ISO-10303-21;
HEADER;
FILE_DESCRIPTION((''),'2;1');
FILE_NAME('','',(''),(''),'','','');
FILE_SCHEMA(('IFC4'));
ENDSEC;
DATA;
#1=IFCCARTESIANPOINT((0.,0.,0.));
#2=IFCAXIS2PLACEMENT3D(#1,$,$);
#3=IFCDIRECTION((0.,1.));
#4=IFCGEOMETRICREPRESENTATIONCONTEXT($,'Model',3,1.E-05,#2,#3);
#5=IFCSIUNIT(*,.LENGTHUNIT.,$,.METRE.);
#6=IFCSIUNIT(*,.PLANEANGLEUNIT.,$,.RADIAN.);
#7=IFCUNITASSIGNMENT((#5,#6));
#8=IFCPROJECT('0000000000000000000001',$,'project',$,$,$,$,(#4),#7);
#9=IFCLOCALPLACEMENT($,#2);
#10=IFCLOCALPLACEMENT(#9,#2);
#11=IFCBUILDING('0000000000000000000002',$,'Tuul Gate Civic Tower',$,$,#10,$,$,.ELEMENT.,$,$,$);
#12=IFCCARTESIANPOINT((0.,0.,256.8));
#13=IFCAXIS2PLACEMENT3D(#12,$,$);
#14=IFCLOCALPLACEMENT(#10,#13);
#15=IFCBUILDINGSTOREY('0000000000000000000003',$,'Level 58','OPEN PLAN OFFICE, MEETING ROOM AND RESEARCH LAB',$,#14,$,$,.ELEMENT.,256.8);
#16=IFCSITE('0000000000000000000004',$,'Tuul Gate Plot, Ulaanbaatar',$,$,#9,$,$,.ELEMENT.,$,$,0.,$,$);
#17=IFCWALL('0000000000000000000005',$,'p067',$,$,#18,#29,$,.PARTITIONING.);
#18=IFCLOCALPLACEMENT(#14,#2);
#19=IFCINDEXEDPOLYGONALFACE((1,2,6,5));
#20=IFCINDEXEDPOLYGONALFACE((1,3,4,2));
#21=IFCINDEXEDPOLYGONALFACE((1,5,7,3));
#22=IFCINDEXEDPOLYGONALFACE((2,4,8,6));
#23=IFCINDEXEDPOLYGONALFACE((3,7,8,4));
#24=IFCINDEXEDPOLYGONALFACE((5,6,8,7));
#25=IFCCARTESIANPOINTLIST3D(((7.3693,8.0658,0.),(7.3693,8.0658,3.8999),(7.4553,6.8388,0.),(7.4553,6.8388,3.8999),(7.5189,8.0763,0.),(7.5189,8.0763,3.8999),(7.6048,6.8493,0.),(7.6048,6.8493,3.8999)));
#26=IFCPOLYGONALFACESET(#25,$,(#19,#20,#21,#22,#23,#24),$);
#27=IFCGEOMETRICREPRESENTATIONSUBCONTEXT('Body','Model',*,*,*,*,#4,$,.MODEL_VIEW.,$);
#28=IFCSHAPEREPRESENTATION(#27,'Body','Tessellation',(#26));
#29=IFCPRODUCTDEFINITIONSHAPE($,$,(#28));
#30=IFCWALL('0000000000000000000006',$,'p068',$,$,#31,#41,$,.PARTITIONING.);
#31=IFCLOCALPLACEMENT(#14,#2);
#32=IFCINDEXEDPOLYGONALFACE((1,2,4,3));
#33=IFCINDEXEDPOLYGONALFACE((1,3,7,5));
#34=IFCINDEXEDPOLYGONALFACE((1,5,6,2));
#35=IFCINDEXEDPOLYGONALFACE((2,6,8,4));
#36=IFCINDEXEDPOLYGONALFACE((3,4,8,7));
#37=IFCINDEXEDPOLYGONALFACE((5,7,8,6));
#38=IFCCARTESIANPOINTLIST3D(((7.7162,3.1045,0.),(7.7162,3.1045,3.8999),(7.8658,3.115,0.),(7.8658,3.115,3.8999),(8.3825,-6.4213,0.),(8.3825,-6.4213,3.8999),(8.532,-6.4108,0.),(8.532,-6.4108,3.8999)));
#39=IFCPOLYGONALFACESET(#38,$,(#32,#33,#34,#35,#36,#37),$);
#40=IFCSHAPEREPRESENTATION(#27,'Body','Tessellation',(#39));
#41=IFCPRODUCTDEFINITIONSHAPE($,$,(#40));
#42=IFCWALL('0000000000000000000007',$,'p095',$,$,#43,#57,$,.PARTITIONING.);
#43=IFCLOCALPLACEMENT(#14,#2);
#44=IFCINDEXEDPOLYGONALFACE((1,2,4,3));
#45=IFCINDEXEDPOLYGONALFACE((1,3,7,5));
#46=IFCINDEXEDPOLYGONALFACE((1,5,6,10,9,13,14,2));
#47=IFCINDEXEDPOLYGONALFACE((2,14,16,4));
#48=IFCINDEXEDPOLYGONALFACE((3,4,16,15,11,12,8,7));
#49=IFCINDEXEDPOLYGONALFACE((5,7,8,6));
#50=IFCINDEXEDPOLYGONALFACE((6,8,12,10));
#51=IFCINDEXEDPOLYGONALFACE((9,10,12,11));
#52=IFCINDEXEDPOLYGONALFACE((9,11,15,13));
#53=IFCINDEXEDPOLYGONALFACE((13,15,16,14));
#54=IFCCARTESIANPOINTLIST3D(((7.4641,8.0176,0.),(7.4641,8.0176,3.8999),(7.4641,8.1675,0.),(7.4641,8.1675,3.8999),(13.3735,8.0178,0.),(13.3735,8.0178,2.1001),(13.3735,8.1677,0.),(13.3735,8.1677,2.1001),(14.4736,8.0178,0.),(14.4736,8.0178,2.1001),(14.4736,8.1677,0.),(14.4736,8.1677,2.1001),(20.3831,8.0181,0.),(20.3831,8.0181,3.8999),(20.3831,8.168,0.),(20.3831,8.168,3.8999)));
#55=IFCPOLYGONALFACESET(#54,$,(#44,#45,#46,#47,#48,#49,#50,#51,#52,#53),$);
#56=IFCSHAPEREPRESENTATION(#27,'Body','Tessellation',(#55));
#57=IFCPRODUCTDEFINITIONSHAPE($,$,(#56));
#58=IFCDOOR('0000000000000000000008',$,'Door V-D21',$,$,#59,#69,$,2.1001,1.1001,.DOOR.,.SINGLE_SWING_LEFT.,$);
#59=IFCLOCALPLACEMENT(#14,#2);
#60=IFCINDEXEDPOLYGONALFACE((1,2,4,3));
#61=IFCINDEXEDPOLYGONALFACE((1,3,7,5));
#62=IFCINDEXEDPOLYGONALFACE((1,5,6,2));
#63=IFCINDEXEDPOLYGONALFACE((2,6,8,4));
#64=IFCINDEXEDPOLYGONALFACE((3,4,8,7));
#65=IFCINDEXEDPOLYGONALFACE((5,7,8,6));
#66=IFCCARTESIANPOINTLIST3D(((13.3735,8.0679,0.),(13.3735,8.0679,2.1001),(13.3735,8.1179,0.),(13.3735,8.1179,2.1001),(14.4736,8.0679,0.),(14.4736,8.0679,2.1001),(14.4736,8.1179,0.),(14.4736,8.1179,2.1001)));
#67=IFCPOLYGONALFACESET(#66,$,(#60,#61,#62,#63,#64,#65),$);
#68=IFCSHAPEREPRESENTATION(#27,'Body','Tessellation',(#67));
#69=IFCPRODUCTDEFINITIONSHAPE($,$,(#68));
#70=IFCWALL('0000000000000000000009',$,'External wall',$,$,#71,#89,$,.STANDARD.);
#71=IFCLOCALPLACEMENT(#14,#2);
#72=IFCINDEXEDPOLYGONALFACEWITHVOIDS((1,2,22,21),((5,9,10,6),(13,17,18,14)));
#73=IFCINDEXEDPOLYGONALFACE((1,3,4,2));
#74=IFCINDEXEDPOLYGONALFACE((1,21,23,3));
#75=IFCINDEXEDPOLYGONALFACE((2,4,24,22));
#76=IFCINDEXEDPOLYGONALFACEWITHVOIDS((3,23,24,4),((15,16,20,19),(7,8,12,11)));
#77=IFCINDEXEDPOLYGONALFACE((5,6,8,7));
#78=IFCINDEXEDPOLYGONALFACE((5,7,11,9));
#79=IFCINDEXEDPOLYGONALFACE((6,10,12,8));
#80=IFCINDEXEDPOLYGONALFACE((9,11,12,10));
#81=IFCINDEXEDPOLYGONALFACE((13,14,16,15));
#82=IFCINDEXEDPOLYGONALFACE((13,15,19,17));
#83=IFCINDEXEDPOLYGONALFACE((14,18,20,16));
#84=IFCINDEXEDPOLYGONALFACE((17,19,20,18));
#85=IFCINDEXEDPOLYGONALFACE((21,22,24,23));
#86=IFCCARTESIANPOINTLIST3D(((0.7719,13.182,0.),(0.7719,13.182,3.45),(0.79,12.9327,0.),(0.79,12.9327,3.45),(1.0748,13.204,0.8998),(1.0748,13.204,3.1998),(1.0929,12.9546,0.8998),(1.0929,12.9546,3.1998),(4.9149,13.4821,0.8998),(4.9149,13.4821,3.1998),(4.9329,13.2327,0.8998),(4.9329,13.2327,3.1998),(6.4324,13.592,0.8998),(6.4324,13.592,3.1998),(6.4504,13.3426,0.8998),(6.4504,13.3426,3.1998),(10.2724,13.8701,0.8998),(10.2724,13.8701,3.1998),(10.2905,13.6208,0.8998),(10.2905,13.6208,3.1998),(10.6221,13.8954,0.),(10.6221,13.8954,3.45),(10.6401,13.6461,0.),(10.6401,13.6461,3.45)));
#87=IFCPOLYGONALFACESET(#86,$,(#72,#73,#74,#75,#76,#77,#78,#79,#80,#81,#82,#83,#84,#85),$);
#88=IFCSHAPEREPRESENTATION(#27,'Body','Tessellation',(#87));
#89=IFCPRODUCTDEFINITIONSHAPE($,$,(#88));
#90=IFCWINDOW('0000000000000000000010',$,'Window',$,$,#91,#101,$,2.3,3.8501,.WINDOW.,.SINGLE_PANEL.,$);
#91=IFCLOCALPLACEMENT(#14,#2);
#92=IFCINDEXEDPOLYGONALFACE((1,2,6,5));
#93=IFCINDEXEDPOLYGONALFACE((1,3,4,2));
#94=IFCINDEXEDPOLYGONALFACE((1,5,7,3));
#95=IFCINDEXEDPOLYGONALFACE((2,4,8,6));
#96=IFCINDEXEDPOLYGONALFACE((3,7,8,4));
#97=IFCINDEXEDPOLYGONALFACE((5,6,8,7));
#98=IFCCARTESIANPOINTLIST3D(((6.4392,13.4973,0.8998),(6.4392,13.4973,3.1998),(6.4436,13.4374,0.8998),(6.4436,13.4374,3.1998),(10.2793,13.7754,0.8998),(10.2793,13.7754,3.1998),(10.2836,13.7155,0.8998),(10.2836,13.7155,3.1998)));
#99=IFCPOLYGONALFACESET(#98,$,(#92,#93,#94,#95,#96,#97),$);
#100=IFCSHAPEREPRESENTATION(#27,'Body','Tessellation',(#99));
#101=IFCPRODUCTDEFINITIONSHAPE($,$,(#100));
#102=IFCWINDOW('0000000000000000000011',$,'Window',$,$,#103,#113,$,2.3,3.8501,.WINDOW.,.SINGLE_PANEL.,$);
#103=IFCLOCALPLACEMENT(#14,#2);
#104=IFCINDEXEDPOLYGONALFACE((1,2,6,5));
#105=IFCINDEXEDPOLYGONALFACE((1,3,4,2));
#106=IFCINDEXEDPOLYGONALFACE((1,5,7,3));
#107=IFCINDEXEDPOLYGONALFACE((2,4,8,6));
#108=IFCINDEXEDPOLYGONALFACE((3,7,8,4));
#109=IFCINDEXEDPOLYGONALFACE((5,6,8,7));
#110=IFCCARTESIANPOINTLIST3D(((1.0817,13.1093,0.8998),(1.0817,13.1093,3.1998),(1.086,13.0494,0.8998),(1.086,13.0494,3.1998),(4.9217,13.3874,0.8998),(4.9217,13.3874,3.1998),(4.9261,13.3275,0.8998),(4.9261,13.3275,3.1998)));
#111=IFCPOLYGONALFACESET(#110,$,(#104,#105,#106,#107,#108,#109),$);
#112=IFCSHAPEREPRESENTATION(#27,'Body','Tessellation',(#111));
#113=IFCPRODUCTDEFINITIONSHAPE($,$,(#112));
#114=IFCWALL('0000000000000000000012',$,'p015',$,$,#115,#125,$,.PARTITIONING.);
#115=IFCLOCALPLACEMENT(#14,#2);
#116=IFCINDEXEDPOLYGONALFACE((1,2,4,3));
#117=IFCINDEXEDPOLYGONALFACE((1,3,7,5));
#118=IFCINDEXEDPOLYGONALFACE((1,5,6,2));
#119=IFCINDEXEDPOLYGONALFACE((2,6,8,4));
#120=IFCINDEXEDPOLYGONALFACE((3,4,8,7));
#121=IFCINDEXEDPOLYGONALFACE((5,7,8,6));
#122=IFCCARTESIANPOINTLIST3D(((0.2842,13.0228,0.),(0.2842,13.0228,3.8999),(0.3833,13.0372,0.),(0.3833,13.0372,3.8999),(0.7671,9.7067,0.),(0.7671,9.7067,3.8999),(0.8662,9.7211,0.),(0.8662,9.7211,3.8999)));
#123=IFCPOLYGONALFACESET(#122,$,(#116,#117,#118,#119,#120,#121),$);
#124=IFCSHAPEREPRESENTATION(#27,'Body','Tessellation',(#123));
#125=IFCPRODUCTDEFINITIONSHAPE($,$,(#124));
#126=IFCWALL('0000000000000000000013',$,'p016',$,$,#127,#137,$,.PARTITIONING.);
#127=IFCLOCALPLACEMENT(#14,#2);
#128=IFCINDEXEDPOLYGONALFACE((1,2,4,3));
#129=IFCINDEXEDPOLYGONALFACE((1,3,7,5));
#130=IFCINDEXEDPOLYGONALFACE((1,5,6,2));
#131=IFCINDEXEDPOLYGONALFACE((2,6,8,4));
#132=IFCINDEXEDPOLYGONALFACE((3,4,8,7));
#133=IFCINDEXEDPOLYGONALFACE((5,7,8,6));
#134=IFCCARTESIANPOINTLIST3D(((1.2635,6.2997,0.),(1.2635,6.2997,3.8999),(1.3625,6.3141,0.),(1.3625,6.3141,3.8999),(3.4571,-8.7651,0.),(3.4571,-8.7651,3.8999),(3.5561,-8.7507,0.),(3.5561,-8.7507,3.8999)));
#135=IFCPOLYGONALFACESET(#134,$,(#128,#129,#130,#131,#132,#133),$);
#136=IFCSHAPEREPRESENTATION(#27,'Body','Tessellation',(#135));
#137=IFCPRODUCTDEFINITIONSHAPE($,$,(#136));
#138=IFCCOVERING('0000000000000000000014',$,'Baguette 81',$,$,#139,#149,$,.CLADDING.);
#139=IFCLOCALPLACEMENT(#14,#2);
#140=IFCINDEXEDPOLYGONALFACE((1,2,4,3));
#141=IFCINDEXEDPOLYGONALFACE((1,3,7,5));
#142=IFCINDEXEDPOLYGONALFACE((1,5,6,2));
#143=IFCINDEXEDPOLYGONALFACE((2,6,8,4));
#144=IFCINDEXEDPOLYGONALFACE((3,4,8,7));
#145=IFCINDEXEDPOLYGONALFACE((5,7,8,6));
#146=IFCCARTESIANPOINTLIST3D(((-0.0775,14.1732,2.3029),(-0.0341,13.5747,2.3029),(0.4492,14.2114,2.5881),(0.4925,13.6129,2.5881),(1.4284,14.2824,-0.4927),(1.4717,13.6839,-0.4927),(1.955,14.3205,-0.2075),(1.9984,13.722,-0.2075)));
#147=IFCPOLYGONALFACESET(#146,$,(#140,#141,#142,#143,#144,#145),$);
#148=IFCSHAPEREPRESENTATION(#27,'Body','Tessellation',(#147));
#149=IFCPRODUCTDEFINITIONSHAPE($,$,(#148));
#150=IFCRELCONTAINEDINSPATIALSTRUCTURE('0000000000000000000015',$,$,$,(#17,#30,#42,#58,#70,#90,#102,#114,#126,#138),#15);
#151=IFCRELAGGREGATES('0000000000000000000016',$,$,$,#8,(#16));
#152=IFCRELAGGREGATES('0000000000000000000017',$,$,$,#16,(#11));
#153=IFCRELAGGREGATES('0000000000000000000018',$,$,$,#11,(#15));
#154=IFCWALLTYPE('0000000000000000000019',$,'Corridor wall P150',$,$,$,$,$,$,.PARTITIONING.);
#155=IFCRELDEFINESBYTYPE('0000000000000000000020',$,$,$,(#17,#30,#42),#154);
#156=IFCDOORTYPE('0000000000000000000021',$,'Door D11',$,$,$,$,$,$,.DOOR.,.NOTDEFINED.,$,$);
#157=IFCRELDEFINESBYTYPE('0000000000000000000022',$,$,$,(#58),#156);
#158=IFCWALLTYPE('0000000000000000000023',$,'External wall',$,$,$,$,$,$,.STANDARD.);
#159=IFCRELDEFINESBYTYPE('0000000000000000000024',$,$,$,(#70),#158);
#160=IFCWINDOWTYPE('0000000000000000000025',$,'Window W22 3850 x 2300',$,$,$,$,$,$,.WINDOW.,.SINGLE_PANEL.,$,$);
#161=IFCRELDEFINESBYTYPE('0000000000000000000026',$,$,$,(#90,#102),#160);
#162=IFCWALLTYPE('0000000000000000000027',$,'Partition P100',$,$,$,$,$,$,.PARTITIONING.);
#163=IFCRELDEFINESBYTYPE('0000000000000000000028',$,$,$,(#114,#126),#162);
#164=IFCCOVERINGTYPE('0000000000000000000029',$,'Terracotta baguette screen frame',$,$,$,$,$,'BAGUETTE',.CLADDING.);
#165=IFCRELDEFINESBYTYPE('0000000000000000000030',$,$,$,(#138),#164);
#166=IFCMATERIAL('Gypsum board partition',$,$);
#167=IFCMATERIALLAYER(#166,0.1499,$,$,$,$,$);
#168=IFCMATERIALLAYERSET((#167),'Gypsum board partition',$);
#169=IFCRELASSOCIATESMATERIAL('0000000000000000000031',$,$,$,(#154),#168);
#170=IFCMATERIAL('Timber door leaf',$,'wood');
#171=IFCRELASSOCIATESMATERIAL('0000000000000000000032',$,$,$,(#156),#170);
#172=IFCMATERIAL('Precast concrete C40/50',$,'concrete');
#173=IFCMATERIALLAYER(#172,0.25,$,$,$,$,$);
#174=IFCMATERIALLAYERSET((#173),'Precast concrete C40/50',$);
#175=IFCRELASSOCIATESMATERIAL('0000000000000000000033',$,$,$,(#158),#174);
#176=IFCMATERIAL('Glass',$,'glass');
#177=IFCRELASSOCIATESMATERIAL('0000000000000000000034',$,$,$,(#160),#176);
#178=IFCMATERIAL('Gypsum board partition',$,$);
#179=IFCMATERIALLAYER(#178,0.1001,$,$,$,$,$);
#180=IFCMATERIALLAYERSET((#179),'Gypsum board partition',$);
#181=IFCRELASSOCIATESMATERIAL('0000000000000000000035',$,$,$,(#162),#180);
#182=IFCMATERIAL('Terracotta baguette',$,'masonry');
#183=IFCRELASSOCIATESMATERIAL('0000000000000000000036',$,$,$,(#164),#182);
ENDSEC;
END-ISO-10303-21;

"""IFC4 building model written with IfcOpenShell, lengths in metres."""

from ifc_helpers import new_model, si_unit, direction, frame, frame_2d, origin, origin_2d, place, context, subcontext, project, spatial, rectangle, extrude, material, layer, layer_set, material_profile, profile_set, type_object, element, fill, save


model = new_model("IFC4")

# Units and contexts
model_context = context("Model", 3, precision=1e-05, world=origin(), true_north=direction((0.0, 1.0)))
body_context = subcontext(model_context, "Body", "Model", "MODEL_VIEW")
ifc_project = project(units=[si_unit("LENGTHUNIT", "METRE"), si_unit("PLANEANGLEUNIT", "RADIAN")], contexts=[model_context])

# Site, building, storey
site_placement = place(None, origin())
site = spatial("IfcSite", under=ifc_project, at=site_placement, Name="Tuul Gate Plot, Ulaanbaatar", CompositionType="ELEMENT", RefElevation=0.0)
building_placement = place(site_placement, origin())
building = spatial("IfcBuilding", under=site, at=building_placement, Name="Tuul Gate Civic Tower", CompositionType="ELEMENT")
storey_placement = place(building_placement, frame((0.0, 0.0, 256.8)))
storey = spatial("IfcBuildingStorey", under=building, at=storey_placement, Name="Level 58", Description="OPEN PLAN OFFICE, MEETING ROOM AND RESEARCH LAB", CompositionType="ELEMENT", Elevation=256.8)

# Shared definitions
ifc_material_1 = material(Name="Gypsum board partition")
ifc_layer_1 = layer(ifc_material_1, 0.1499)
ifc_layer_set_1 = layer_set([ifc_layer_1], Name="Gypsum board partition")
wall_type_1 = type_object("IfcWallType", Name="Corridor wall P150", PredefinedType="PARTITIONING", material=ifc_layer_set_1)

# Walls
wall_1_placement = place(storey_placement, frame((7.4441, 8.071, 0.0), z_axis=(0.0, 0.0, 1.0), x_axis=(0.069865, -0.997556, 0.0)))
element("IfcWall", 1, at=wall_1_placement, inside=storey, type_object=wall_type_1, Name="p067", PredefinedType="PARTITIONING", context=body_context, shape_type="SweptSolid", body=[
    extrude(rectangle(XDim=1.23, YDim=0.1499, at=frame_2d((0.615, 0.0))), origin(), (0.0, 0.0, 1.0), 3.8999),
])
wall_2_placement = place(storey_placement, frame((7.791, 3.1096, 0.0), z_axis=(0.0, 0.0, 1.0), x_axis=(0.069772, -0.997563, 0.0)))
element("IfcWall", 2, at=wall_2_placement, inside=storey, type_object=wall_type_1, Name="p068", PredefinedType="PARTITIONING", context=body_context, shape_type="SweptSolid", body=[
    extrude(rectangle(XDim=9.5491, YDim=0.1499, at=frame_2d((4.7744, 0.0))), origin(), (0.0, 0.0, 1.0), 3.8999),
])

# Wall, opening, door
wall_3_placement = place(storey_placement, frame((7.4641, 8.0925, 0.0), z_axis=(0.0, 0.0, 1.0), x_axis=(1.0, 0.000038, 0.0)))
wall_3 = element("IfcWall", 3, at=wall_3_placement, inside=storey, type_object=wall_type_1, Name="p095", PredefinedType="PARTITIONING", context=body_context, shape_type="SweptSolid", body=[
    extrude(rectangle(XDim=12.9189, YDim=0.1499, at=frame_2d((6.4595, 0.0))), origin(), (0.0, 0.0, 1.0), 3.8999),
])
opening_1_placement = place(wall_3_placement, frame((5.9094, 0.0, 0.0)))
opening_1 = element("IfcOpeningElement", 4, at=opening_1_placement, cuts=wall_3, PredefinedType="OPENING", context=body_context, shape_type="SweptSolid", body=[
    extrude(rectangle(XDim=1.1001, YDim=2.1001, at=frame_2d((0.55, 1.05))), frame((0.0, 0.085, 0.0), z_axis=(0.0, -1.0, 0.0), x_axis=(1.0, 0.0, 0.0)), (0.0, 0.0, 1.0), 0.1699),
])
ifc_material_2 = material(Name="Timber door leaf", Category="wood")
door_type_1 = type_object("IfcDoorType", Name="Door D11", OperationType="NOTDEFINED", PredefinedType="DOOR", material=ifc_material_2)
door_1_placement = place(opening_1_placement, frame((1.1001, 0.0, 0.0), z_axis=(0.0, 0.0, 1.0), x_axis=(-1.0, 0.0, 0.0)))
door_1 = element("IfcDoor", 5, at=door_1_placement, inside=storey, type_object=door_type_1, Name="Door V-D21", OperationType="SINGLE_SWING_LEFT", OverallHeight=2.1001, OverallWidth=1.1001, PredefinedType="DOOR", context=body_context, shape_type="SweptSolid", body=[
    extrude(rectangle(XDim=1.1001, YDim=2.1001, at=frame_2d((0.55, 1.05))), frame((0.0, 0.0249, 0.0), z_axis=(0.0, -1.0, 0.0), x_axis=(1.0, 0.0, 0.0)), (0.0, 0.0, 1.0), 0.05),
])
fill(opening_1, door_1)

# Wall, openings, windows
ifc_material_3 = material(Name="Precast concrete C40/50", Category="concrete")
ifc_layer_2 = layer(ifc_material_3, 0.25)
ifc_layer_set_2 = layer_set([ifc_layer_2], Name="Precast concrete C40/50")
wall_type_2 = type_object("IfcWallType", Name="External wall", PredefinedType="STANDARD", material=ifc_layer_set_2)
wall_4_placement = place(storey_placement, frame((10.6311, 13.7708, 0.0), z_axis=(0.0, 0.0, 1.0), x_axis=(-0.997388, -0.072234, 0.0)))
wall_4 = element("IfcWall", 6, at=wall_4_placement, inside=storey, type_object=wall_type_2, Name="External wall", PredefinedType="STANDARD", context=body_context, shape_type="SweptSolid", body=[
    extrude(rectangle(XDim=9.876, YDim=0.25, at=frame_2d((4.938, 0.0))), origin(), (0.0, 0.0, 1.0), 3.45),
])
opening_2_placement = place(wall_4_placement, frame((0.3506, 0.0, 0.8999)))
opening_2 = element("IfcOpeningElement", 7, at=opening_2_placement, cuts=wall_4, PredefinedType="OPENING", context=body_context, shape_type="SweptSolid", body=[
    extrude(rectangle(XDim=3.8501, YDim=2.3, at=frame_2d((1.925, 1.1499))), frame((0.0, 0.135, 0.0), z_axis=(0.0, -1.0, 0.0), x_axis=(1.0, 0.0, 0.0)), (0.0, 0.0, 1.0), 0.27),
])
opening_3_placement = place(wall_4_placement, frame((5.7222, 0.0, 0.8999)))
opening_3 = element("IfcOpeningElement", 8, at=opening_3_placement, cuts=wall_4, PredefinedType="OPENING", context=body_context, shape_type="SweptSolid", body=[
    extrude(rectangle(XDim=3.8501, YDim=2.3, at=frame_2d((1.925, 1.1499))), frame((0.0, 0.135, 0.0), z_axis=(0.0, -1.0, 0.0), x_axis=(1.0, 0.0, 0.0)), (0.0, 0.0, 1.0), 0.27),
])
ifc_material_4 = material(Name="Glass", Category="glass")
window_type = type_object("IfcWindowType", Name="Window W22 3850 x 2300", PartitioningType="SINGLE_PANEL", PredefinedType="WINDOW", material=ifc_material_4)
window_1_placement = place(opening_2_placement, origin())
window_1 = element("IfcWindow", 9, at=window_1_placement, inside=storey, type_object=window_type, Name="Window", OverallHeight=2.3, OverallWidth=3.8501, PartitioningType="SINGLE_PANEL", PredefinedType="WINDOW", context=body_context, shape_type="SweptSolid", body=[
    extrude(rectangle(XDim=3.8501, YDim=2.3, at=frame_2d((1.925, 1.1499))), frame((0.0, 0.03, 0.0), z_axis=(0.0, -1.0, 0.0), x_axis=(1.0, 0.0, 0.0)), (0.0, 0.0, 1.0), 0.0601),
])
fill(opening_2, window_1)
window_2_placement = place(opening_3_placement, origin())
window_2 = element("IfcWindow", 10, at=window_2_placement, inside=storey, type_object=window_type, Name="Window", OverallHeight=2.3, OverallWidth=3.8501, PartitioningType="SINGLE_PANEL", PredefinedType="WINDOW", context=body_context, shape_type="SweptSolid", body=[
    extrude(rectangle(XDim=3.8501, YDim=2.3, at=frame_2d((1.925, 1.1499))), frame((0.0, 0.03, 0.0), z_axis=(0.0, -1.0, 0.0), x_axis=(1.0, 0.0, 0.0)), (0.0, 0.0, 1.0), 0.0601),
])
fill(opening_3, window_2)

# Walls
ifc_material_5 = material(Name="Gypsum board partition")
ifc_layer_3 = layer(ifc_material_5, 0.1001)
ifc_layer_set_3 = layer_set([ifc_layer_3], Name="Gypsum board partition")
wall_type_3 = type_object("IfcWallType", Name="Partition P100", PredefinedType="PARTITIONING", material=ifc_layer_set_3)
wall_5_placement = place(storey_placement, frame((0.3337, 13.03, 0.0), z_axis=(0.0, 0.0, 1.0), x_axis=(0.144103, -0.989563, 0.0)))
element("IfcWall", 11, at=wall_5_placement, inside=storey, type_object=wall_type_3, Name="p015", PredefinedType="PARTITIONING", context=body_context, shape_type="SweptSolid", body=[
    extrude(rectangle(XDim=3.3511, YDim=0.1001, at=frame_2d((1.6755, 0.0))), origin(), (0.0, 0.0, 1.0), 3.8999),
])
wall_6_placement = place(storey_placement, frame((1.313, 6.3069, 0.0), z_axis=(0.0, 0.0, 1.0), x_axis=(0.144093, -0.989564, 0.0)))
element("IfcWall", 12, at=wall_6_placement, inside=storey, type_object=wall_type_3, Name="p016", PredefinedType="PARTITIONING", context=body_context, shape_type="SweptSolid", body=[
    extrude(rectangle(XDim=15.2236, YDim=0.1001, at=frame_2d((7.6118, 0.0))), origin(), (0.0, 0.0, 1.0), 3.8999),
])

# Covering
ifc_material_6 = material(Name="Terracotta baguette", Category="masonry")
ifc_material_profile_1 = material_profile(ifc_material_6, rectangle(XDim=0.6001, YDim=0.6001, at=origin_2d()), Name="Terracotta baguette screen frame")
ifc_profile_set_1 = profile_set([ifc_material_profile_1], Name="Terracotta baguette")
covering_type = type_object("IfcCoveringType", Name="Terracotta baguette screen frame", ElementType="BAGUETTE", PredefinedType="CLADDING", material=ifc_profile_set_1)
covering_placement = place(storey_placement, frame((1.7134, 14.0022, -0.3501), z_axis=(-0.473944, -0.034347, 0.879885), x_axis=(0.072281, -0.997384, 0.0)))
element("IfcCovering", 13, at=covering_placement, inside=storey, type_object=covering_type, Name="Baguette 81", PredefinedType="CLADDING", context=body_context, shape_type="SweptSolid", body=[
    extrude(rectangle(XDim=0.6001, YDim=0.6001, at=origin_2d()), origin(), (0.0, 0.0, 1.0), 3.1772),
])

save(model, "model.ifc")
